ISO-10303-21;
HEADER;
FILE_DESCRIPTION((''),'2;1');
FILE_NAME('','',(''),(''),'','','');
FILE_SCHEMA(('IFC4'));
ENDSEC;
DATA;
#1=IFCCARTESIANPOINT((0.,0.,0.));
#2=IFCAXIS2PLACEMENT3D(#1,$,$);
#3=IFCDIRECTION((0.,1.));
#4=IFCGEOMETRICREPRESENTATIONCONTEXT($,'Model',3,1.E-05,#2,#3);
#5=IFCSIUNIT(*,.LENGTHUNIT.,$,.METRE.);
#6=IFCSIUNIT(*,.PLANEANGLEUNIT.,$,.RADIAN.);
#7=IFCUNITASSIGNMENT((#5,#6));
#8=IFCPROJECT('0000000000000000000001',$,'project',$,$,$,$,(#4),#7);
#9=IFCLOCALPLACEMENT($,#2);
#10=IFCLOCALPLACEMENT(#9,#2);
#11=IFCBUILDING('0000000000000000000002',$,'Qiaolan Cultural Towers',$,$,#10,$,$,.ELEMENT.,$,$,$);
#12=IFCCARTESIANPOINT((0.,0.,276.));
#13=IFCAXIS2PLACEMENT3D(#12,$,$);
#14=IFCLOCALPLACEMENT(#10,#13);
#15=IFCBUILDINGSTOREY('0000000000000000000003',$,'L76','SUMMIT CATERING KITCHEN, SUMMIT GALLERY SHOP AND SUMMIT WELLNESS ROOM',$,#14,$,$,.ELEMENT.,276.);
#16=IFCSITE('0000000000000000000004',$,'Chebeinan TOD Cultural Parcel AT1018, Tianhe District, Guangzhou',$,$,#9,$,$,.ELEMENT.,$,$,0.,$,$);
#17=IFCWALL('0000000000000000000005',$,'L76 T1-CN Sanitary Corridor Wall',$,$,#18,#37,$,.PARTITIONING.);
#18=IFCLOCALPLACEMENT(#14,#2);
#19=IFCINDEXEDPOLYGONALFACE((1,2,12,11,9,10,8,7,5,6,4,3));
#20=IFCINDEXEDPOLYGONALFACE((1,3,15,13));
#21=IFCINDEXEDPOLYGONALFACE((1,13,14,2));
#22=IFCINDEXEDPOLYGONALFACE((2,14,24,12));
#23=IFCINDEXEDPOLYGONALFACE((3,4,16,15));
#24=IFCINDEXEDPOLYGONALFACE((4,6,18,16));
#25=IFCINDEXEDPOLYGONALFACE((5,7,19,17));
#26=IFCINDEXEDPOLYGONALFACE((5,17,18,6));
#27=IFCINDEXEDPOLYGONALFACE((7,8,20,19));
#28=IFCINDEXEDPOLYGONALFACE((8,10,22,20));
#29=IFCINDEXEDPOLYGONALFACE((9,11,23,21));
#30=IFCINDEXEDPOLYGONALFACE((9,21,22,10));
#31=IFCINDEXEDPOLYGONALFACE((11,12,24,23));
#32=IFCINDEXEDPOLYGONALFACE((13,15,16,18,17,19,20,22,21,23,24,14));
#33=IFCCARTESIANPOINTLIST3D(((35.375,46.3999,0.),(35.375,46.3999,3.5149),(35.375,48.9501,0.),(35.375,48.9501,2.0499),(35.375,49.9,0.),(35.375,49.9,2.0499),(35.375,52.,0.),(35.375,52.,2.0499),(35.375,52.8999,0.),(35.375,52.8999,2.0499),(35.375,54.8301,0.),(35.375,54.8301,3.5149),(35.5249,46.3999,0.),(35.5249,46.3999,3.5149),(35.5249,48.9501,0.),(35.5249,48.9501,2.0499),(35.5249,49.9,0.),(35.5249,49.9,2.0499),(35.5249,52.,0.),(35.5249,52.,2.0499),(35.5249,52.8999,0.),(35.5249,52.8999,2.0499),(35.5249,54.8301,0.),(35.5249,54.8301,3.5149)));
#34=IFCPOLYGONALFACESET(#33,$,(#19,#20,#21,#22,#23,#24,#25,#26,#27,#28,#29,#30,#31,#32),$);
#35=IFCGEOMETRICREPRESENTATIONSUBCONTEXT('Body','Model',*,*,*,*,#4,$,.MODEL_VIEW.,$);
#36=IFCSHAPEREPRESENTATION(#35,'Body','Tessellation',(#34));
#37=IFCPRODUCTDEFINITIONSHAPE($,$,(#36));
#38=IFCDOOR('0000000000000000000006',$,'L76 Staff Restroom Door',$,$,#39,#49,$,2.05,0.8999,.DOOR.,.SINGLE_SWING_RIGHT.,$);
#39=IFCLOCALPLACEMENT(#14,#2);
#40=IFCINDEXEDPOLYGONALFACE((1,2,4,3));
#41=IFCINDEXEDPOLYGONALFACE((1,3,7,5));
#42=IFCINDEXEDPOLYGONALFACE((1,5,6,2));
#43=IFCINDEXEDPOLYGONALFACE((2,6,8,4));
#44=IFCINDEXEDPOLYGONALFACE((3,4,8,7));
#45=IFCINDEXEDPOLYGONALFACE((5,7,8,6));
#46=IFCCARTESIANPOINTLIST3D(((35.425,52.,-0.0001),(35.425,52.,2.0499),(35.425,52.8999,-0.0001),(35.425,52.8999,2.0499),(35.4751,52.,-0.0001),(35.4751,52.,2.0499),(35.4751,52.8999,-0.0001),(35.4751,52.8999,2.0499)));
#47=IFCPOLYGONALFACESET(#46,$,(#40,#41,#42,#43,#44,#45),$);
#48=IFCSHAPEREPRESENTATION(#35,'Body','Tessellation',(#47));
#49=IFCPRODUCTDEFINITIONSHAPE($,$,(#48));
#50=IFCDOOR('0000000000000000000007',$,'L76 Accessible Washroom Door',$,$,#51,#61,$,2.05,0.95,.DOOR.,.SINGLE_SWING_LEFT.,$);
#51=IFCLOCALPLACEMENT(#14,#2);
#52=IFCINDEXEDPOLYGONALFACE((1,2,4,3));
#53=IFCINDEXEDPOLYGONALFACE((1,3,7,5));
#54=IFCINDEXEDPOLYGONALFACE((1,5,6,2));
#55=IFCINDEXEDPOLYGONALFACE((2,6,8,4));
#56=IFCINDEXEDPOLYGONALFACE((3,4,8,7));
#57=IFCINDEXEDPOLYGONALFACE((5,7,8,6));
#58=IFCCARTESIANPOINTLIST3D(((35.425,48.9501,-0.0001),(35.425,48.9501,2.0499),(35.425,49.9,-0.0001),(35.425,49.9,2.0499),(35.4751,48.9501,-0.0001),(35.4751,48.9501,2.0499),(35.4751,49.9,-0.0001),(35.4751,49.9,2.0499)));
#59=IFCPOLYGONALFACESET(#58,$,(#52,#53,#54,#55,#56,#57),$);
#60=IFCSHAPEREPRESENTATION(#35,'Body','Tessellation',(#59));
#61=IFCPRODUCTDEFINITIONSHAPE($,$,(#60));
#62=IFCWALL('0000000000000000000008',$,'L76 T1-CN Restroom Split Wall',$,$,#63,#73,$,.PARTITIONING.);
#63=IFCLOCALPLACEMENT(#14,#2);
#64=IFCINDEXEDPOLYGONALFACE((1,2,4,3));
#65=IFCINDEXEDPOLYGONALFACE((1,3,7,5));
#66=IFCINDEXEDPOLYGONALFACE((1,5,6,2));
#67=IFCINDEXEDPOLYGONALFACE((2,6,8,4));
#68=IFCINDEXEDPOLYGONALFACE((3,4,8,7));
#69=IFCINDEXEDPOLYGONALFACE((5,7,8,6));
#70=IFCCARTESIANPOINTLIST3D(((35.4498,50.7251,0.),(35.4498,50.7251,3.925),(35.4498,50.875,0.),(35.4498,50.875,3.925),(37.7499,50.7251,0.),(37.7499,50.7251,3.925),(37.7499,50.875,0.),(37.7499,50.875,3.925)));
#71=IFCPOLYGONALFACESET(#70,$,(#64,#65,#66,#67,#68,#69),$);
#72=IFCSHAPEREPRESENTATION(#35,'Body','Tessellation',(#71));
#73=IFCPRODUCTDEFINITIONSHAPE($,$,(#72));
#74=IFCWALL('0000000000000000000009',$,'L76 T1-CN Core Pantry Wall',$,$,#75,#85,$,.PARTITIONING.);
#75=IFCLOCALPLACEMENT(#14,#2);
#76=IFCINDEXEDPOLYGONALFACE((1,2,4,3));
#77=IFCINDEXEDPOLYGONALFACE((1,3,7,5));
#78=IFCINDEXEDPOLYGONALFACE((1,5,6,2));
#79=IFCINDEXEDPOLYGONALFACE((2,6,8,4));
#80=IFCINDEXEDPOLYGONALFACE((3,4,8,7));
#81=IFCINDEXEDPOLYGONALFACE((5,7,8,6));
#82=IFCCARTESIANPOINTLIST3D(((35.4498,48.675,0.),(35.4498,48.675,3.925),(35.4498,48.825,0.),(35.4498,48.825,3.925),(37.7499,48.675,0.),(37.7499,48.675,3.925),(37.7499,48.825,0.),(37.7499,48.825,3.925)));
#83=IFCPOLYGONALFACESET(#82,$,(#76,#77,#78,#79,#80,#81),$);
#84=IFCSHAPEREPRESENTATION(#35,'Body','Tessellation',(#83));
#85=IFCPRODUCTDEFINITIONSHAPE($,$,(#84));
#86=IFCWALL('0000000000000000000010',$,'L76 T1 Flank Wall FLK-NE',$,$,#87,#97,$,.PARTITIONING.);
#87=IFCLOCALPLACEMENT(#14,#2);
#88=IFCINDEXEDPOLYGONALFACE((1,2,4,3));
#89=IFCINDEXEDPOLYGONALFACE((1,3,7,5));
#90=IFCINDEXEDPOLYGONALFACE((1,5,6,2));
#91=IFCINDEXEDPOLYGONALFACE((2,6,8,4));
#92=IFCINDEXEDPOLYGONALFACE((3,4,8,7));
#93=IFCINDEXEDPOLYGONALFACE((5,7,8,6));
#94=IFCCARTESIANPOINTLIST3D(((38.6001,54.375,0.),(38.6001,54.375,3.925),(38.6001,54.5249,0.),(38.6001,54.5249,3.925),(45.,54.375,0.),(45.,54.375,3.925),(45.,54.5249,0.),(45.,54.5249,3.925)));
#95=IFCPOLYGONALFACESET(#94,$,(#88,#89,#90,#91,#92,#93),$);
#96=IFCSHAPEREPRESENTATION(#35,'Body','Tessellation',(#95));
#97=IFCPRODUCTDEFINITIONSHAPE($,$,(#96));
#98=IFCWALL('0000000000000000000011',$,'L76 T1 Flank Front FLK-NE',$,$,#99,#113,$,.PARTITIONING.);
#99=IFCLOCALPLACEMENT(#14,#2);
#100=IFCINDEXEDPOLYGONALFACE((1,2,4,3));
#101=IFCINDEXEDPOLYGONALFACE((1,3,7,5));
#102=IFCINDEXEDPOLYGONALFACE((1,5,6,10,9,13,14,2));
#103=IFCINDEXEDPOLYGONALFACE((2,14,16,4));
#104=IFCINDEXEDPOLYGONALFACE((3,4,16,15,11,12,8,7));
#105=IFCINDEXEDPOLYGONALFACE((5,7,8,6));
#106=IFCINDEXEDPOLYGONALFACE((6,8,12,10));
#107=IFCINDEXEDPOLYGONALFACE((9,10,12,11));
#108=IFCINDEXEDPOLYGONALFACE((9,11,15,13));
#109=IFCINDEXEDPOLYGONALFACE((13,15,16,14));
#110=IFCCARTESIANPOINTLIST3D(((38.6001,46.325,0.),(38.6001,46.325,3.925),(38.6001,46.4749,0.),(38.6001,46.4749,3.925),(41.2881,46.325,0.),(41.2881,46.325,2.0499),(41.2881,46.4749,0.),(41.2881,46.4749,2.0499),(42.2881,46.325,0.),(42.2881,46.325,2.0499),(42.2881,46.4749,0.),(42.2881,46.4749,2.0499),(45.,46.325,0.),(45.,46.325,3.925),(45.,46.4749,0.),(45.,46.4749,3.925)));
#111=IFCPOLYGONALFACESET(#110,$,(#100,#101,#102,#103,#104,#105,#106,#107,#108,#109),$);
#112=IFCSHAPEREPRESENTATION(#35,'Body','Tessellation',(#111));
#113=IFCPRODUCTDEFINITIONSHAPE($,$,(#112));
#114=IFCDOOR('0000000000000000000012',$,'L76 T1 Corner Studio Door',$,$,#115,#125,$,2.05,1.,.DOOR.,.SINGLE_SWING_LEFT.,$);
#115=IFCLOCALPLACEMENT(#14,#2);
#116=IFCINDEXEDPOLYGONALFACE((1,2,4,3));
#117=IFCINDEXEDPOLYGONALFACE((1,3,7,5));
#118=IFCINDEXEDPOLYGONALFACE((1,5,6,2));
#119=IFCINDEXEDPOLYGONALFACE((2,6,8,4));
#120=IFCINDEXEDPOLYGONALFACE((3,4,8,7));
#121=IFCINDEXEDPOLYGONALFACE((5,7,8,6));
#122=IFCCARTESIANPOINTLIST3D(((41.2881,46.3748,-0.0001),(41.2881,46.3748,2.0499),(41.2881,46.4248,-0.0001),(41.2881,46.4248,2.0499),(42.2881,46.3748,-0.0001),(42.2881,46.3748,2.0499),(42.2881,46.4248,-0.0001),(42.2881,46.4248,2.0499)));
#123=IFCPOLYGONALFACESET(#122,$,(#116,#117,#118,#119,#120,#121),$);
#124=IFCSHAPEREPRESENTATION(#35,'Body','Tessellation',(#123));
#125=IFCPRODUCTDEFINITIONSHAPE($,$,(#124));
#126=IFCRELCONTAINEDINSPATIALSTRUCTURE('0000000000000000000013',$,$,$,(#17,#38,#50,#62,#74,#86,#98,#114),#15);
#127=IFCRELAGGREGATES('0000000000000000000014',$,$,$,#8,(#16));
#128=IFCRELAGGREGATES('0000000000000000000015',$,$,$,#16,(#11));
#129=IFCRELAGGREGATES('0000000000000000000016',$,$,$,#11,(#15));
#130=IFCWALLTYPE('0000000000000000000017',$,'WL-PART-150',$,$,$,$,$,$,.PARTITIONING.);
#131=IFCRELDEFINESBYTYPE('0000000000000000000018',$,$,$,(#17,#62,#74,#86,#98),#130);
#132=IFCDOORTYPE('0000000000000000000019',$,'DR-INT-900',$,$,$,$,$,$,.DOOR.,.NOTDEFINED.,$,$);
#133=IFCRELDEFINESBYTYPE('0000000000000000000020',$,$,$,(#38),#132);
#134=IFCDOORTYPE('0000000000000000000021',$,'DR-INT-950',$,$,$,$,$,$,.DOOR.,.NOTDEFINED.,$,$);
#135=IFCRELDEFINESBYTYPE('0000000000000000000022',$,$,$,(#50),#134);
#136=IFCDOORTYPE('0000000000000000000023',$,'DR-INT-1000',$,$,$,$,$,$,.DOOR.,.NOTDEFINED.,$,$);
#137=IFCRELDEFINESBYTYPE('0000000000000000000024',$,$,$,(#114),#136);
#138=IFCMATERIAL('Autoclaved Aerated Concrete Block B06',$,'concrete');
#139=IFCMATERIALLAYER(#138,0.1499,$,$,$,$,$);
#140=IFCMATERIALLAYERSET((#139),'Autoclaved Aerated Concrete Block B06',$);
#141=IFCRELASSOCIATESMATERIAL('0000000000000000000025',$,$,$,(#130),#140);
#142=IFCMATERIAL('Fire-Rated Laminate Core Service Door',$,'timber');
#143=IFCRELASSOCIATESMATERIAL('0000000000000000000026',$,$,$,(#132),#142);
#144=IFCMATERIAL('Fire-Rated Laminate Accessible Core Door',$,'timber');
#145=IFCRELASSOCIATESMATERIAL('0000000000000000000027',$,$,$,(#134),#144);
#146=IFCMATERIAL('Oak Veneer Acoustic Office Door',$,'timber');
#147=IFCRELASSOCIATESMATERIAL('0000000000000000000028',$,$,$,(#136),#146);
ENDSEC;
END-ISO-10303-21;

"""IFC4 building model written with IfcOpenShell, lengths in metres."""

from ifc_helpers import new_model, si_unit, direction, frame, frame_2d, origin, place, context, subcontext, project, spatial, rectangle, extrude, material, layer, layer_set, type_object, element, fill, save


model = new_model("IFC4")

# Units and contexts
model_context = context("Model", 3, precision=1e-05, world=origin(), true_north=direction((0.0, 1.0)))
body_context = subcontext(model_context, "Body", "Model", "MODEL_VIEW")
ifc_project = project(units=[si_unit("LENGTHUNIT", "METRE"), si_unit("PLANEANGLEUNIT", "RADIAN")], contexts=[model_context])

# Site, building, storey
site_placement = place(None, origin())
site = spatial("IfcSite", under=ifc_project, at=site_placement, Name="Chebeinan TOD Cultural Parcel AT1018, Tianhe District, Guangzhou", CompositionType="ELEMENT", RefElevation=0.0)
building_placement = place(site_placement, origin())
building = spatial("IfcBuilding", under=site, at=building_placement, Name="Qiaolan Cultural Towers", CompositionType="ELEMENT")
storey_placement = place(building_placement, frame((0.0, 0.0, 276.0)))
storey = spatial("IfcBuildingStorey", under=building, at=storey_placement, Name="L76", Description="SUMMIT CATERING KITCHEN, SUMMIT GALLERY SHOP AND SUMMIT WELLNESS ROOM", CompositionType="ELEMENT", Elevation=276.0)

# Wall, openings, doors
ifc_material_1 = material(Name="Autoclaved Aerated Concrete Block B06", Category="concrete")
ifc_layer_1 = layer(ifc_material_1, 0.1499)
ifc_layer_set_1 = layer_set([ifc_layer_1], Name="Autoclaved Aerated Concrete Block B06")
wall_type_1 = type_object("IfcWallType", Name="WL-PART-150", PredefinedType="PARTITIONING", material=ifc_layer_set_1)
wall_1_placement = place(storey_placement, frame((35.45, 46.3999, 0.0), z_axis=(0.0, 0.0, 1.0), x_axis=(0.0, 1.0, 0.0)))
wall_1 = element("IfcWall", 1, at=wall_1_placement, inside=storey, type_object=wall_type_1, Name="L76 T1-CN Sanitary Corridor Wall", PredefinedType="PARTITIONING", context=body_context, shape_type="SweptSolid", body=[
    extrude(rectangle(XDim=8.4302, YDim=0.1499, at=frame_2d((4.2151, 0.0))), origin(), (0.0, 0.0, 1.0), 3.5149),
])
opening_1_placement = place(wall_1_placement, frame((2.55, 0.0, 0.0)))
opening_1 = element("IfcOpeningElement", 2, at=opening_1_placement, cuts=wall_1, PredefinedType="OPENING", context=body_context, shape_type="SweptSolid", body=[
    extrude(rectangle(XDim=0.95, YDim=2.05, at=frame_2d((0.4751, 1.0249))), frame((0.0, 0.085, 0.0), z_axis=(0.0, -1.0, 0.0), x_axis=(1.0, 0.0, 0.0)), (0.0, 0.0, 1.0), 0.1699),
])
opening_2_placement = place(wall_1_placement, frame((5.6001, 0.0, 0.0)))
opening_2 = element("IfcOpeningElement", 3, at=opening_2_placement, cuts=wall_1, PredefinedType="OPENING", context=body_context, shape_type="SweptSolid", body=[
    extrude(rectangle(XDim=0.8999, YDim=2.05, at=frame_2d((0.45, 1.0249))), frame((0.0, 0.085, 0.0), z_axis=(0.0, -1.0, 0.0), x_axis=(1.0, 0.0, 0.0)), (0.0, 0.0, 1.0), 0.1699),
])
ifc_material_2 = material(Name="Fire-Rated Laminate Core Service Door", Category="timber")
door_type_1 = type_object("IfcDoorType", Name="DR-INT-900", OperationType="NOTDEFINED", PredefinedType="DOOR", material=ifc_material_2)
door_1_placement = place(opening_2_placement, origin())
door_1 = element("IfcDoor", 4, at=door_1_placement, inside=storey, type_object=door_type_1, Name="L76 Staff Restroom Door", OperationType="SINGLE_SWING_RIGHT", OverallHeight=2.05, OverallWidth=0.8999, PredefinedType="DOOR", context=body_context, shape_type="SweptSolid", body=[
    extrude(rectangle(XDim=0.8999, YDim=2.05, at=frame_2d((0.45, 1.0249))), frame((0.0, 0.0249, 0.0), z_axis=(0.0, -1.0, 0.0), x_axis=(1.0, 0.0, 0.0)), (0.0, 0.0, 1.0), 0.05),
])
fill(opening_2, door_1)
ifc_material_3 = material(Name="Fire-Rated Laminate Accessible Core Door", Category="timber")
door_type_2 = type_object("IfcDoorType", Name="DR-INT-950", OperationType="NOTDEFINED", PredefinedType="DOOR", material=ifc_material_3)
door_2_placement = place(opening_1_placement, origin())
door_2 = element("IfcDoor", 5, at=door_2_placement, inside=storey, type_object=door_type_2, Name="L76 Accessible Washroom Door", OperationType="SINGLE_SWING_LEFT", OverallHeight=2.05, OverallWidth=0.95, PredefinedType="DOOR", context=body_context, shape_type="SweptSolid", body=[
    extrude(rectangle(XDim=0.95, YDim=2.05, at=frame_2d((0.4751, 1.0249))), frame((0.0, 0.0249, 0.0), z_axis=(0.0, -1.0, 0.0), x_axis=(1.0, 0.0, 0.0)), (0.0, 0.0, 1.0), 0.05),
])
fill(opening_1, door_2)

# Walls
for number, where, z_axis, x_axis, name in (
    (6, (35.45, 50.8, 0.0), (0.0, 0.0, 1.0), (1.0, 0.0, 0.0), "L76 T1-CN Restroom Split Wall"),
    (7, (35.45, 48.75, 0.0), (0.0, 0.0, 1.0), (1.0, 0.0, 0.0), "L76 T1-CN Core Pantry Wall"),
):
    element("IfcWall", number, at=place(storey_placement, frame(where, z_axis=z_axis, x_axis=x_axis)), inside=storey, type_object=wall_type_1, Name=name, PredefinedType="PARTITIONING", context=body_context, shape_type="SweptSolid", body=[
        extrude(rectangle(XDim=2.3, YDim=0.1499, at=frame_2d((1.1499, 0.0))), origin(), (0.0, 0.0, 1.0), 3.925),
    ])
wall_2_placement = place(storey_placement, frame((38.6001, 54.45, 0.0), z_axis=(0.0, 0.0, 1.0), x_axis=(1.0, 0.0, 0.0)))
element("IfcWall", 8, at=wall_2_placement, inside=storey, type_object=wall_type_1, Name="L76 T1 Flank Wall FLK-NE", PredefinedType="PARTITIONING", context=body_context, shape_type="SweptSolid", body=[
    extrude(rectangle(XDim=6.3999, YDim=0.1499, at=frame_2d((3.2, 0.0))), origin(), (0.0, 0.0, 1.0), 3.925),
])

# Wall, opening, door
wall_3_placement = place(storey_placement, frame((38.6001, 46.3999, 0.0), z_axis=(0.0, 0.0, 1.0), x_axis=(1.0, 0.0, 0.0)))
wall_3 = element("IfcWall", 9, at=wall_3_placement, inside=storey, type_object=wall_type_1, Name="L76 T1 Flank Front FLK-NE", PredefinedType="PARTITIONING", context=body_context, shape_type="SweptSolid", body=[
    extrude(rectangle(XDim=6.3999, YDim=0.1499, at=frame_2d((3.2, 0.0))), origin(), (0.0, 0.0, 1.0), 3.925),
])
opening_3_placement = place(wall_3_placement, frame((2.688, 0.0, 0.0)))
opening_3 = element("IfcOpeningElement", 10, at=opening_3_placement, cuts=wall_3, PredefinedType="OPENING", context=body_context, shape_type="SweptSolid", body=[
    extrude(rectangle(XDim=1.0, YDim=2.05, at=frame_2d((0.5, 1.0249))), frame((0.0, 0.085, 0.0), z_axis=(0.0, -1.0, 0.0), x_axis=(1.0, 0.0, 0.0)), (0.0, 0.0, 1.0), 0.1699),
])
ifc_material_4 = material(Name="Oak Veneer Acoustic Office Door", Category="timber")
door_type_3 = type_object("IfcDoorType", Name="DR-INT-1000", OperationType="NOTDEFINED", PredefinedType="DOOR", material=ifc_material_4)
door_3_placement = place(opening_3_placement, origin())
door_3 = element("IfcDoor", 11, at=door_3_placement, inside=storey, type_object=door_type_3, Name="L76 T1 Corner Studio Door", OperationType="SINGLE_SWING_LEFT", OverallHeight=2.05, OverallWidth=1.0, PredefinedType="DOOR", context=body_context, shape_type="SweptSolid", body=[
    extrude(rectangle(XDim=1.0, YDim=2.05, at=frame_2d((0.5, 1.0249))), frame((0.0, 0.0249, 0.0), z_axis=(0.0, -1.0, 0.0), x_axis=(1.0, 0.0, 0.0)), (0.0, 0.0, 1.0), 0.05),
])
fill(opening_3, door_3)

save(model, "model.ifc")
